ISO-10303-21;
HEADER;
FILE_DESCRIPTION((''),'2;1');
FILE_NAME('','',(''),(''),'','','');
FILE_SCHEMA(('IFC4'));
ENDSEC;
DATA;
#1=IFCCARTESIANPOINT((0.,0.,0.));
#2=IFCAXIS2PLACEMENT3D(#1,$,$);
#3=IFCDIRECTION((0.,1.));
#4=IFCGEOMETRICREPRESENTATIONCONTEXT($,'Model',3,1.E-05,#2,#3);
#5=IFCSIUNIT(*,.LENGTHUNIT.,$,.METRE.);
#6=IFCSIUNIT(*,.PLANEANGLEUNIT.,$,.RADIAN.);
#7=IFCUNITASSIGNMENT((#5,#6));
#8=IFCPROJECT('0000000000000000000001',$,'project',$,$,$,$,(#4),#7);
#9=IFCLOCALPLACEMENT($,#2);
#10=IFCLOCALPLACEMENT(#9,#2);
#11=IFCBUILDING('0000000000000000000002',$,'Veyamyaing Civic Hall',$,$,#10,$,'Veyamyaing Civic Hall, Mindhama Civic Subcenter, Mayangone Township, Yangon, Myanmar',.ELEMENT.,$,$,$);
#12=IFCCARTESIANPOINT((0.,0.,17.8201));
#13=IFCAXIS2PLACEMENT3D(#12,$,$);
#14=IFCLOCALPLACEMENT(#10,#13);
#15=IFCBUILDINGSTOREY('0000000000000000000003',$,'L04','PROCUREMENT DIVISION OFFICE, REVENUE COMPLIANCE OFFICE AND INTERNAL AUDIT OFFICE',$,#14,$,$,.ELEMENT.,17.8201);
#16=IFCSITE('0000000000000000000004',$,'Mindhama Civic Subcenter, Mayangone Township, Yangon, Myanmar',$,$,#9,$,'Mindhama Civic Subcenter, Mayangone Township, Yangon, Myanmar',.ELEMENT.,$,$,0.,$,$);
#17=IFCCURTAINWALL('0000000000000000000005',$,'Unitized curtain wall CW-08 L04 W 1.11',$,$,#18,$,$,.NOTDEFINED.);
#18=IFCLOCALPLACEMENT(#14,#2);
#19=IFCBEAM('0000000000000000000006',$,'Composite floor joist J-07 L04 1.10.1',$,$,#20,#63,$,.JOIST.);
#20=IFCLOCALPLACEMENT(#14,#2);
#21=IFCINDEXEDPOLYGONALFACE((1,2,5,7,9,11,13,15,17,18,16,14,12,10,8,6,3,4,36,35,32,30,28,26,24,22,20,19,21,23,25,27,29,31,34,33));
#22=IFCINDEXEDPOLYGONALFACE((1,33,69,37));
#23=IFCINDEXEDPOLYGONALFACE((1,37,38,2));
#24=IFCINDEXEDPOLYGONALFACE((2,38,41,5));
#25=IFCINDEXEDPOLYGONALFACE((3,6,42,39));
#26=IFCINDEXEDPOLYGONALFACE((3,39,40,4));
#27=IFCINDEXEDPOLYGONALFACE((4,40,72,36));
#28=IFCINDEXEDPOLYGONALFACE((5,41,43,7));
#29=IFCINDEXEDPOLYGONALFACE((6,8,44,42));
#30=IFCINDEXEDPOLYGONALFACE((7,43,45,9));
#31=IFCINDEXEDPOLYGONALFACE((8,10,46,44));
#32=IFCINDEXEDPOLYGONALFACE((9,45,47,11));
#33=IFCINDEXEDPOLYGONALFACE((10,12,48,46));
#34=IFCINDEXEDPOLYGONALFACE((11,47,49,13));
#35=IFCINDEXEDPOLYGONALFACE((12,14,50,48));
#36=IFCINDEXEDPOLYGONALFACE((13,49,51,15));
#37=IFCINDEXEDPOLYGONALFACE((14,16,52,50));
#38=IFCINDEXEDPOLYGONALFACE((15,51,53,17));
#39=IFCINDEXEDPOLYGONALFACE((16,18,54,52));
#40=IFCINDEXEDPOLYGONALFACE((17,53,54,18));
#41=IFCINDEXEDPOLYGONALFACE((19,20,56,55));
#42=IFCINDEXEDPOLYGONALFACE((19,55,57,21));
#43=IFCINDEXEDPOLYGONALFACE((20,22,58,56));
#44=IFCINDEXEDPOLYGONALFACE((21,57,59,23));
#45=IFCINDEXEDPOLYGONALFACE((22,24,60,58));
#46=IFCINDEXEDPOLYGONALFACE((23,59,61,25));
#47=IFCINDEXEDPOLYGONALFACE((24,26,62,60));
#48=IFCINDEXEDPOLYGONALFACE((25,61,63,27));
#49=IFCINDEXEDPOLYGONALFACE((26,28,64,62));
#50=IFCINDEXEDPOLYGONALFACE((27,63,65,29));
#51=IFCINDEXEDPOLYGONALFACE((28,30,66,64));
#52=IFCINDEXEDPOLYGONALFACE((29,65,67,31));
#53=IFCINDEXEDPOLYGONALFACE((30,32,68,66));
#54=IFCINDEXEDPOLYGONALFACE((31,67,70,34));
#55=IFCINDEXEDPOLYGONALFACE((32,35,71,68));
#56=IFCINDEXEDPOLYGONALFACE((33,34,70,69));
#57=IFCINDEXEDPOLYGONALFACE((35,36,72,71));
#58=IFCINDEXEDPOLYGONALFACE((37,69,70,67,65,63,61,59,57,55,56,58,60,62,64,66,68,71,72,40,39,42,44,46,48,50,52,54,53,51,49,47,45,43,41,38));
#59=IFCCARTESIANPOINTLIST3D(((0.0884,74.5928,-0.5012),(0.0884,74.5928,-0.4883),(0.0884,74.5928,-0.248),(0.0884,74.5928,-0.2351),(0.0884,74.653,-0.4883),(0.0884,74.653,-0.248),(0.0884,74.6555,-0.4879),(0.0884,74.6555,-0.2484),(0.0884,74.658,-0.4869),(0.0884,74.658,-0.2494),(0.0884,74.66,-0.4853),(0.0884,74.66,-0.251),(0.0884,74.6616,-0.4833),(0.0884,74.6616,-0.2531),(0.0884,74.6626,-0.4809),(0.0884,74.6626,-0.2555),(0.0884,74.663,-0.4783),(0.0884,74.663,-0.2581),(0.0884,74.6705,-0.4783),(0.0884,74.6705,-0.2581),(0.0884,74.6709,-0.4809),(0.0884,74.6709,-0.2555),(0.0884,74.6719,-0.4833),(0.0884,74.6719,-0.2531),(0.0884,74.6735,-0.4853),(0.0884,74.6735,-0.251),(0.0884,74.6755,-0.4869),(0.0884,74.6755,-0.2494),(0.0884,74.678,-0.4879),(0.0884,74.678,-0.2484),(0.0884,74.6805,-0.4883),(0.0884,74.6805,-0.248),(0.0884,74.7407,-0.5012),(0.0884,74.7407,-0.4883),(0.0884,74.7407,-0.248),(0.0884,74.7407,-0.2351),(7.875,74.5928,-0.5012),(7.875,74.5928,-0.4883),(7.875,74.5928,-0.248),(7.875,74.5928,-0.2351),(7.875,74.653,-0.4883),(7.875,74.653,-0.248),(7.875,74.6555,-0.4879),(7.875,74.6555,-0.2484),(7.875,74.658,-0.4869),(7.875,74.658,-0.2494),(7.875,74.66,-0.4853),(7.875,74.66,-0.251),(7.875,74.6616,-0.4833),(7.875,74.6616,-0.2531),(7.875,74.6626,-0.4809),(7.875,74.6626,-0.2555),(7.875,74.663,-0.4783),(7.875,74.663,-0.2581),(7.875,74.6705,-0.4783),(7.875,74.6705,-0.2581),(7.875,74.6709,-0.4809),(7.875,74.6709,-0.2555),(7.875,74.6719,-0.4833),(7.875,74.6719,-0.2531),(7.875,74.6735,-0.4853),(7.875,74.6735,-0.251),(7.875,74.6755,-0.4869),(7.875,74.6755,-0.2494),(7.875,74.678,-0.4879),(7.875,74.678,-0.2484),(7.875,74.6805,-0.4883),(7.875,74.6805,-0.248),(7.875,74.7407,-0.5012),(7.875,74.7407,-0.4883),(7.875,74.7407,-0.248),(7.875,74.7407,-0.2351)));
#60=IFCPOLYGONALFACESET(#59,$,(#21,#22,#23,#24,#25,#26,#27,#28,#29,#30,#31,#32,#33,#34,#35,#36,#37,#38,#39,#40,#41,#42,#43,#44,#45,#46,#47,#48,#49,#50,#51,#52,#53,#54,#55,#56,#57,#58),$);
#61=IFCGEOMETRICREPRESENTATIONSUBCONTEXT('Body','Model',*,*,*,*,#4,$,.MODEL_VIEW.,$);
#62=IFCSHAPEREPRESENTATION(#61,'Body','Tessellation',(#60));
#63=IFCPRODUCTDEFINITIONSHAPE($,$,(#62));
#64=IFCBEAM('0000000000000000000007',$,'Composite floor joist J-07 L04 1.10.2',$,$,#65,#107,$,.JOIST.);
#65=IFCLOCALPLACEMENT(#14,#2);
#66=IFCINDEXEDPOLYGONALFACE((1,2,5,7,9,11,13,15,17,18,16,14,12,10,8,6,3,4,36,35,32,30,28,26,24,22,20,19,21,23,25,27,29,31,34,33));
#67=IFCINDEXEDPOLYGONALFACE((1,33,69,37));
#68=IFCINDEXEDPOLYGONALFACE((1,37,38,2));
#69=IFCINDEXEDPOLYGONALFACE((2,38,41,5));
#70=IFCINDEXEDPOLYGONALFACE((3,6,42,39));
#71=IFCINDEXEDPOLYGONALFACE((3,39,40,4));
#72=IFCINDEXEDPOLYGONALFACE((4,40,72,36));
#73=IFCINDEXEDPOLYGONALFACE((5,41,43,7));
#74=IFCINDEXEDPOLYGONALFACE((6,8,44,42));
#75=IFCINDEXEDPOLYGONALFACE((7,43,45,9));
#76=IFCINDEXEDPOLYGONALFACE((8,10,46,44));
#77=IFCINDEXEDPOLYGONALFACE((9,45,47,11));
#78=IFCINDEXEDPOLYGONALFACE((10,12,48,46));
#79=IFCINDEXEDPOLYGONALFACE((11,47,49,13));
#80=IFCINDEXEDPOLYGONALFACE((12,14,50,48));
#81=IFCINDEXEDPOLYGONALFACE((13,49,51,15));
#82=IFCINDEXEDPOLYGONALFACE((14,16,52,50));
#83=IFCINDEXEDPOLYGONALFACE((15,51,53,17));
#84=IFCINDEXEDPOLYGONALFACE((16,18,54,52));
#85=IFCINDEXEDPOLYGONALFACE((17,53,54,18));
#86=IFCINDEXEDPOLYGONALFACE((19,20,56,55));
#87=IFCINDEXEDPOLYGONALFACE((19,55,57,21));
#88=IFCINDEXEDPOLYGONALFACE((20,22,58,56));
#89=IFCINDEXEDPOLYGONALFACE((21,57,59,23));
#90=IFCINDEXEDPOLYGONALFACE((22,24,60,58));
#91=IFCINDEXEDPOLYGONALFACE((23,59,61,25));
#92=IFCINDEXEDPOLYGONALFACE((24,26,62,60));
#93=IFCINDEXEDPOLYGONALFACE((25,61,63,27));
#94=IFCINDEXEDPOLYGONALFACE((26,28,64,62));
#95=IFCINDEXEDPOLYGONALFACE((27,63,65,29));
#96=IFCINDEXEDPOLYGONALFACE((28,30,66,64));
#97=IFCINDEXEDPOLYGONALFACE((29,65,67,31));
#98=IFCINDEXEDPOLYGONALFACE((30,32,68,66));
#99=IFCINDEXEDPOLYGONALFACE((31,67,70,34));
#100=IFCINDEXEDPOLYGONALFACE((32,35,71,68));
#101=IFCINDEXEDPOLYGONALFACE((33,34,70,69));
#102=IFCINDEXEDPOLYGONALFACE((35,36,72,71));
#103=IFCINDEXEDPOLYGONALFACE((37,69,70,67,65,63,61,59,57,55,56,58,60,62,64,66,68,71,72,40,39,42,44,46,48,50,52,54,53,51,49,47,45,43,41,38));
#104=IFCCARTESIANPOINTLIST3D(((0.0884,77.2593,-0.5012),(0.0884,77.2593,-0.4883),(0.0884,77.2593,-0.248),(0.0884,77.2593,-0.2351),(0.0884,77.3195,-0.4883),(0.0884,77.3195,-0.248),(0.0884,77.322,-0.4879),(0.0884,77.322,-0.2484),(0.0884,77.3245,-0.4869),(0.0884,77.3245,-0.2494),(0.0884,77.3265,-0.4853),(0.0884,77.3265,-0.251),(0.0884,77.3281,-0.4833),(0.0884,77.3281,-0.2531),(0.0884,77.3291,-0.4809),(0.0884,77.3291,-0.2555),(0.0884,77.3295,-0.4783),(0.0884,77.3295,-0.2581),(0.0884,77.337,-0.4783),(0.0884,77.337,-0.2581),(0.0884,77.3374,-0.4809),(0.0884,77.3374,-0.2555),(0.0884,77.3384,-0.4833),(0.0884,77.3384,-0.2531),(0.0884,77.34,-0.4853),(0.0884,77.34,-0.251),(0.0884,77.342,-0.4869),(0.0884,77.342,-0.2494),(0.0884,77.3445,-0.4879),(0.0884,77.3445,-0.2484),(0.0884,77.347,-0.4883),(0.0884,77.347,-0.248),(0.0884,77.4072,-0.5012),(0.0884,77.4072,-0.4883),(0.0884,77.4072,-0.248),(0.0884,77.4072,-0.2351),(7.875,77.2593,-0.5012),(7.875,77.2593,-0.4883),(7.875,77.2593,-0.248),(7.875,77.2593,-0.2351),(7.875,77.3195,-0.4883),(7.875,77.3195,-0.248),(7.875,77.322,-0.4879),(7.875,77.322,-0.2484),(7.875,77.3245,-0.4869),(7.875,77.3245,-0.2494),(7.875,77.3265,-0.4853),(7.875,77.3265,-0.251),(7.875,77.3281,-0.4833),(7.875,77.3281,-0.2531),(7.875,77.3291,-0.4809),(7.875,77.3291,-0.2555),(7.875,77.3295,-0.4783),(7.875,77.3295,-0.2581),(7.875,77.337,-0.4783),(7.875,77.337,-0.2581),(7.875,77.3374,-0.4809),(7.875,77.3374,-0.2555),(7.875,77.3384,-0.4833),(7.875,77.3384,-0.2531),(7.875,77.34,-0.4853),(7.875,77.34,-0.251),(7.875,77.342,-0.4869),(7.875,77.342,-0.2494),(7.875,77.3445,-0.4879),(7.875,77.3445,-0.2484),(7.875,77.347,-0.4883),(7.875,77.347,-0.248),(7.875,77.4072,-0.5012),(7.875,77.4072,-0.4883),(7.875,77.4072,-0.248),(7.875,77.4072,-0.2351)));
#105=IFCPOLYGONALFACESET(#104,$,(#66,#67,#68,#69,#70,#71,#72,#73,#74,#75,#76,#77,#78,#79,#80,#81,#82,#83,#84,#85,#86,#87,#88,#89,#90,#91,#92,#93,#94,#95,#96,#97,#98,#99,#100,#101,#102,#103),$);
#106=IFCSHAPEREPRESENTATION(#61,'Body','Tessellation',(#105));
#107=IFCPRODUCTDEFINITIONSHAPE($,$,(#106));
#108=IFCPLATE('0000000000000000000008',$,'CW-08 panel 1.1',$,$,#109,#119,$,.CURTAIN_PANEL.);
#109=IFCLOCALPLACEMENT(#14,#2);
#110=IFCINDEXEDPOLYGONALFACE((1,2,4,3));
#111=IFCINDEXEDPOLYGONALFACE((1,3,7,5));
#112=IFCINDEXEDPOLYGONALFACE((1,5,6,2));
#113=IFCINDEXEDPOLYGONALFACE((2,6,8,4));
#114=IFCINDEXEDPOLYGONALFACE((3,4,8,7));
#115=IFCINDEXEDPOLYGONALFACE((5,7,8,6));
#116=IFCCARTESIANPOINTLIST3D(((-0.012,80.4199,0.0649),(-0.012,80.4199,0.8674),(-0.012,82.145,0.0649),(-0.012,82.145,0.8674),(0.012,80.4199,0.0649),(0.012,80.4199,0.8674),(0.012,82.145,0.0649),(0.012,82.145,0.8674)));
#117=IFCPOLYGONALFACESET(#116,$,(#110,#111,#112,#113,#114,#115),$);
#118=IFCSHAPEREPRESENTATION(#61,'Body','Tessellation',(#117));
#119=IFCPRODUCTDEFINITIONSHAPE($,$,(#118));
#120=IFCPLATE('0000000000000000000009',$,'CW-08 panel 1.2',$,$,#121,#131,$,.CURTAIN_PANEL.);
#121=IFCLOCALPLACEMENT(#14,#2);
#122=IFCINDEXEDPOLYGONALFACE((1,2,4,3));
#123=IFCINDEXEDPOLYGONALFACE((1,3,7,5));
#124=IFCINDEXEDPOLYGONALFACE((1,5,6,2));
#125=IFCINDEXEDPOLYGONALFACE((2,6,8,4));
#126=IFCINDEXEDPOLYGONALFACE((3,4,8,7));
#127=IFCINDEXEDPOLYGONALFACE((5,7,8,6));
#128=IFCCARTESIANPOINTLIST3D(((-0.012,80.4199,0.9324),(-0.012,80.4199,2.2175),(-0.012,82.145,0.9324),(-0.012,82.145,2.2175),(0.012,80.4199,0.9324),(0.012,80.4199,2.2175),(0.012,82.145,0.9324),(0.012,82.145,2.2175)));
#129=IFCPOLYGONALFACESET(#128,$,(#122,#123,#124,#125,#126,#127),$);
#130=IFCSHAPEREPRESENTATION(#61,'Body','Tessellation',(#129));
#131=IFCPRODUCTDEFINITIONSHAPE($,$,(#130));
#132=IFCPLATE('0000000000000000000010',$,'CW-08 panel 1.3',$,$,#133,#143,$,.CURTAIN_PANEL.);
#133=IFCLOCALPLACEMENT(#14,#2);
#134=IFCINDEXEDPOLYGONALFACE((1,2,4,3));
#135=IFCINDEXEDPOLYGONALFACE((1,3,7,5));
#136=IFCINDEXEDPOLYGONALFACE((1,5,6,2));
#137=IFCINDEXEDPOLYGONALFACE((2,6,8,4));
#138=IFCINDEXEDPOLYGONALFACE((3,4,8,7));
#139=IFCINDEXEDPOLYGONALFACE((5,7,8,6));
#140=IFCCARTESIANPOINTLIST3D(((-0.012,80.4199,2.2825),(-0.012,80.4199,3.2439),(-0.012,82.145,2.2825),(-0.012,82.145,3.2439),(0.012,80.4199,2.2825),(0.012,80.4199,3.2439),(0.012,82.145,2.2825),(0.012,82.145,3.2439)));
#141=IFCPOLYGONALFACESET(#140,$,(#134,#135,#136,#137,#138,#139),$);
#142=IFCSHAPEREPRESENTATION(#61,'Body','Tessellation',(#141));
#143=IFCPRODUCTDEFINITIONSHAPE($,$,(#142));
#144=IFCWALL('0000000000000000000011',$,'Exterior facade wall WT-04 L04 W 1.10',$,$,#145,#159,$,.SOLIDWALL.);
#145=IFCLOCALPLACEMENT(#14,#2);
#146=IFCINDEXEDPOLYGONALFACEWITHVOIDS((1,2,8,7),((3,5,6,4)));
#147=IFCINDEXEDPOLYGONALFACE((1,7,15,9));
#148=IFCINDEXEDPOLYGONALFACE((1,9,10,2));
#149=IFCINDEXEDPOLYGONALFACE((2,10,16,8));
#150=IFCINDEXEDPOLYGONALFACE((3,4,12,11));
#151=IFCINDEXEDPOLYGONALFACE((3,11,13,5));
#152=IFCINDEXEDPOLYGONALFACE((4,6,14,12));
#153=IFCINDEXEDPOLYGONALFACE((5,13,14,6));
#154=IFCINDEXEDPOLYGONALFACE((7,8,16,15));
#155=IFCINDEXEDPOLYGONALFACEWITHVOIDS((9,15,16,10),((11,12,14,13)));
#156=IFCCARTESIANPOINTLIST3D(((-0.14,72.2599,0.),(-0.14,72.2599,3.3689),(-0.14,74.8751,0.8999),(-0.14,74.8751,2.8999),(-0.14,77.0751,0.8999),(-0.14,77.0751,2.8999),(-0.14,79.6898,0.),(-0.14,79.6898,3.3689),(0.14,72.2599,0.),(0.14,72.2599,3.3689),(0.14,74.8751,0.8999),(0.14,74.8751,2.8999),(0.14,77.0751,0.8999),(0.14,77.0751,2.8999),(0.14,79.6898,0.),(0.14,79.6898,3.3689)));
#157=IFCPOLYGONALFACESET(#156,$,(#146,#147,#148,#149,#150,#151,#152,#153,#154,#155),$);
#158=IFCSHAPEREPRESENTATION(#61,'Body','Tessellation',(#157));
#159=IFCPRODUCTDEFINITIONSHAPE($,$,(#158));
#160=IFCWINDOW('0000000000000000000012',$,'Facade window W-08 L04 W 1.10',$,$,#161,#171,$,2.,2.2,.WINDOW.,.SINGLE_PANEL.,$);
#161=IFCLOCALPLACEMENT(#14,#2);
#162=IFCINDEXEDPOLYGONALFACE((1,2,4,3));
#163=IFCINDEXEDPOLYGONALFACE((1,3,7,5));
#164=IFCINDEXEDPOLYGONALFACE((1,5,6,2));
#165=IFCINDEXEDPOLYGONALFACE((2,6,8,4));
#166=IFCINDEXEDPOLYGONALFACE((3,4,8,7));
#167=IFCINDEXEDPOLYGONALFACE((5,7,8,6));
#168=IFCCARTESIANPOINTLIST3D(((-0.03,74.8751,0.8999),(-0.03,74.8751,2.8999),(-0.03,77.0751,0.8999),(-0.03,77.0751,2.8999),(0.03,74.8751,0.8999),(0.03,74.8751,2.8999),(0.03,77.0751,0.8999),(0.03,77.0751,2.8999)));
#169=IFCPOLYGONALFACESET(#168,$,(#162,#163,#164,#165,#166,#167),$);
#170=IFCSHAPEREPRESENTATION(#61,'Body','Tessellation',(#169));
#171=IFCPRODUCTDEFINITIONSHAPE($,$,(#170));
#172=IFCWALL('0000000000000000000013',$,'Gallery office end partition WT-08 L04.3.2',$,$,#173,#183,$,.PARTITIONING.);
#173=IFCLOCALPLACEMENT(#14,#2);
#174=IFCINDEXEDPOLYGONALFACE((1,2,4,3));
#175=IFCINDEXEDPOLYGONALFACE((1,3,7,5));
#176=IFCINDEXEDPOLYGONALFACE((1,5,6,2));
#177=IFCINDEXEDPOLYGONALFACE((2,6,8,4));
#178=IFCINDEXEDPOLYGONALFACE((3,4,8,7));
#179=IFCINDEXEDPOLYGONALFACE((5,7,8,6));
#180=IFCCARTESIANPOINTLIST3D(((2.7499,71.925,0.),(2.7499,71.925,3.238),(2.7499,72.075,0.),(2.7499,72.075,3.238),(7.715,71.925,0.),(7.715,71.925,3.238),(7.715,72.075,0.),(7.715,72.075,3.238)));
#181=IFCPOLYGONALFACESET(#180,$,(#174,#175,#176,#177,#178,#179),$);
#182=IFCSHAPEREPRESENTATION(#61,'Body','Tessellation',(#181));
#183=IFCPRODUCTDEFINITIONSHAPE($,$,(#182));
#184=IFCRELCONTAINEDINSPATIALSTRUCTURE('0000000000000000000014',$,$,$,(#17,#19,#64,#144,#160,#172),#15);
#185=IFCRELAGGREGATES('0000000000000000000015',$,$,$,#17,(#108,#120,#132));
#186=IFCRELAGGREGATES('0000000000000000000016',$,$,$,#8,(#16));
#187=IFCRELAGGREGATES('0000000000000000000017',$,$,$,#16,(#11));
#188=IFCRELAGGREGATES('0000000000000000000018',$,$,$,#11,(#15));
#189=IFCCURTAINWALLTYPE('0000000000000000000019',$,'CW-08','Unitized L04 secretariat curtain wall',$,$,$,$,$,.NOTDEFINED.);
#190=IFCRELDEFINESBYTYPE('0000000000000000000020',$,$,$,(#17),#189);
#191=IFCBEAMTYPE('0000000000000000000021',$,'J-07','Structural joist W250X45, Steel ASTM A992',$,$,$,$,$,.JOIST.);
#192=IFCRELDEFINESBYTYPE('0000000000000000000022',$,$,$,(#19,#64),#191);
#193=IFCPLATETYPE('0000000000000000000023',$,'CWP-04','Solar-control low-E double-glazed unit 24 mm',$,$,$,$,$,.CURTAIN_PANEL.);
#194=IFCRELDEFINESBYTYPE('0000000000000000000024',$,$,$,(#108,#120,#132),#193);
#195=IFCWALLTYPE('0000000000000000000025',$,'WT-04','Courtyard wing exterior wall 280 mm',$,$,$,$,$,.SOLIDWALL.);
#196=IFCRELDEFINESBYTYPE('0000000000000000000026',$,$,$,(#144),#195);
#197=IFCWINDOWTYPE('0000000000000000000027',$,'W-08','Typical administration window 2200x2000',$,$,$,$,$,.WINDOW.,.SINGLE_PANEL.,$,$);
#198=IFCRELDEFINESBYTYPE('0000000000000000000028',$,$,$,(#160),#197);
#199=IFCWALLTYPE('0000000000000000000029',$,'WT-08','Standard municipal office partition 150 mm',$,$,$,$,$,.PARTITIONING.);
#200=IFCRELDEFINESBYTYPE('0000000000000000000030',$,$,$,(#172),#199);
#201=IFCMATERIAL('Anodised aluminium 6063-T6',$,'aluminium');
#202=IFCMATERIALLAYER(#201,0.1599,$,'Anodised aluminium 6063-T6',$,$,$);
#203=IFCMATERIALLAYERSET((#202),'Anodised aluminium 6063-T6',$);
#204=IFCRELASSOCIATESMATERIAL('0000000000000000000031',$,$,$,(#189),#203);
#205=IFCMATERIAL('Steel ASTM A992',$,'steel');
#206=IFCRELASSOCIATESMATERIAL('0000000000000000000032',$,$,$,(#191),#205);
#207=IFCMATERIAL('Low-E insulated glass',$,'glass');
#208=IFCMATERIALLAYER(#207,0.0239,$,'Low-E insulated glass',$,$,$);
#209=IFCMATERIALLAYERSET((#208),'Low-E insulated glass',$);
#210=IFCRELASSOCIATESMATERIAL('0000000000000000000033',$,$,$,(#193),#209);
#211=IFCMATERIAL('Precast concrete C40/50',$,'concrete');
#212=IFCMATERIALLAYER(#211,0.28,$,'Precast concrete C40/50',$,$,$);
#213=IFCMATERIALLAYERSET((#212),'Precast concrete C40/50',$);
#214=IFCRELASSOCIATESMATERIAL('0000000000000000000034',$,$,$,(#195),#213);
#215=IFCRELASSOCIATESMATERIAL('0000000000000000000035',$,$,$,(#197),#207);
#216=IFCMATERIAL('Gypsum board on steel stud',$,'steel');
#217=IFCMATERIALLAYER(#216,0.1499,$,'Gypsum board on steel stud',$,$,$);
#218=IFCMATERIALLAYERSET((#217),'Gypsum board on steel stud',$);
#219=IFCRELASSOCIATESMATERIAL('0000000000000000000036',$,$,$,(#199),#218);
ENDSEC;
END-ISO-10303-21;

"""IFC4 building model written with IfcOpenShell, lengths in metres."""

from ifc_helpers import new_model, si_unit, direction, frame, frame_2d, origin, origin_2d, place, context, subcontext, project, spatial, rectangle, i_section, extrude, material, layer, layer_set, material_profile, profile_set, type_object, element, fill, aggregate, save


model = new_model("IFC4")

# Units and contexts
model_context = context("Model", 3, precision=1e-05, world=origin(), true_north=direction((0.0, 1.0)))
body_context = subcontext(model_context, "Body", "Model", "MODEL_VIEW")
ifc_project = project(units=[si_unit("LENGTHUNIT", "METRE"), si_unit("PLANEANGLEUNIT", "RADIAN")], contexts=[model_context])

# Site, building, storey
site_placement = place(None, origin())
site = spatial("IfcSite", under=ifc_project, at=site_placement, Name="Mindhama Civic Subcenter, Mayangone Township, Yangon, Myanmar", LongName="Mindhama Civic Subcenter, Mayangone Township, Yangon, Myanmar", CompositionType="ELEMENT", RefElevation=0.0)
building_placement = place(site_placement, origin())
building = spatial("IfcBuilding", under=site, at=building_placement, Name="Veyamyaing Civic Hall", LongName="Veyamyaing Civic Hall, Mindhama Civic Subcenter, Mayangone Township, Yangon, Myanmar", CompositionType="ELEMENT")
storey_placement = place(building_placement, frame((0.0, 0.0, 17.8201)))
storey = spatial("IfcBuildingStorey", under=building, at=storey_placement, Name="L04", Description="PROCUREMENT DIVISION OFFICE, REVENUE COMPLIANCE OFFICE AND INTERNAL AUDIT OFFICE", CompositionType="ELEMENT", Elevation=17.8201)

# Shared definitions
ifc_material_1 = material(Name="Steel ASTM A992", Category="steel")

# Curtain wall
ifc_material_2 = material(Name="Anodised aluminium 6063-T6", Category="aluminium")
ifc_layer_1 = layer(ifc_material_2, 0.1599, Name="Anodised aluminium 6063-T6")
ifc_layer_set_1 = layer_set([ifc_layer_1], Name="Anodised aluminium 6063-T6")
curtain_wall_type = type_object("IfcCurtainWallType", Name="CW-08", Description="Unitized L04 secretariat curtain wall", PredefinedType="NOTDEFINED", material=ifc_layer_set_1)
curtain_wall_placement = place(storey_placement, origin())
curtain_wall = element("IfcCurtainWall", 1, at=curtain_wall_placement, inside=storey, type_object=curtain_wall_type, Name="Unitized curtain wall CW-08 L04 W 1.11", PredefinedType="NOTDEFINED")

# Beams
ifc_material_profile_1 = material_profile(ifc_material_1, i_section(OverallWidth=0.1479, OverallDepth=0.2661, WebThickness=0.0076, FlangeThickness=0.0129, FilletRadius=0.01, at=origin_2d()), Name="W250X45")
ifc_profile_set_1 = profile_set([ifc_material_profile_1], Name="Steel ASTM A992")
beam_type_1 = type_object("IfcBeamType", Name="J-07", Description="Structural joist W250X45, Steel ASTM A992", PredefinedType="JOIST", material=ifc_profile_set_1)
for number, where, z_axis, x_axis, name in (
    (2, (0.0884, 74.6667, -0.3682), (1.0, 0.0, 0.0), (0.0, 1.0, 0.0), "Composite floor joist J-07 L04 1.10.1"),
    (3, (0.0884, 77.3333, -0.3682), (1.0, 0.0, 0.0), (0.0, 1.0, 0.0), "Composite floor joist J-07 L04 1.10.2"),
):
    element("IfcBeam", number, at=place(storey_placement, frame(where, z_axis=z_axis, x_axis=x_axis)), inside=storey, type_object=beam_type_1, Name=name, PredefinedType="JOIST", context=body_context, shape_type="SweptSolid", body=[
        extrude(i_section(OverallWidth=0.1479, OverallDepth=0.2661, WebThickness=0.0076, FlangeThickness=0.0129, FilletRadius=0.01, at=origin_2d()), origin(), (0.0, 0.0, 1.0), 7.7866),
    ])

# Plates
ifc_material_3 = material(Name="Low-E insulated glass", Category="glass")
ifc_layer_2 = layer(ifc_material_3, 0.0239, Name="Low-E insulated glass")
ifc_layer_set_2 = layer_set([ifc_layer_2], Name="Low-E insulated glass")
plate_type = type_object("IfcPlateType", Name="CWP-04", Description="Solar-control low-E double-glazed unit 24 mm", PredefinedType="CURTAIN_PANEL", material=ifc_layer_set_2)
plate_1_placement = place(storey_placement, frame((0.0, 81.2825, 0.0649), z_axis=(0.0, 0.0, 1.0), x_axis=(0.0, 1.0, 0.0)))
plate_1 = element("IfcPlate", 4, at=plate_1_placement, type_object=plate_type, Name="CW-08 panel 1.1", PredefinedType="CURTAIN_PANEL", context=body_context, shape_type="SweptSolid", body=[
    extrude(rectangle(XDim=1.7251, YDim=0.0239, at=origin_2d()), origin(), (0.0, 0.0, 1.0), 0.8025),
])
plate_2_placement = place(storey_placement, frame((0.0, 81.2825, 0.9324), z_axis=(0.0, 0.0, 1.0), x_axis=(0.0, 1.0, 0.0)))
plate_2 = element("IfcPlate", 5, at=plate_2_placement, type_object=plate_type, Name="CW-08 panel 1.2", PredefinedType="CURTAIN_PANEL", context=body_context, shape_type="SweptSolid", body=[
    extrude(rectangle(XDim=1.7251, YDim=0.0239, at=origin_2d()), origin(), (0.0, 0.0, 1.0), 1.2852),
])
plate_3_placement = place(storey_placement, frame((0.0, 81.2825, 2.2825), z_axis=(0.0, 0.0, 1.0), x_axis=(0.0, 1.0, 0.0)))
plate_3 = element("IfcPlate", 6, at=plate_3_placement, type_object=plate_type, Name="CW-08 panel 1.3", PredefinedType="CURTAIN_PANEL", context=body_context, shape_type="SweptSolid", body=[
    extrude(rectangle(XDim=1.7251, YDim=0.0239, at=origin_2d()), origin(), (0.0, 0.0, 1.0), 0.9614),
])
aggregate(curtain_wall, [plate_1, plate_2, plate_3])

# Wall, opening, window
ifc_material_4 = material(Name="Precast concrete C40/50", Category="concrete")
ifc_layer_3 = layer(ifc_material_4, 0.28, Name="Precast concrete C40/50")
ifc_layer_set_3 = layer_set([ifc_layer_3], Name="Precast concrete C40/50")
wall_type_1 = type_object("IfcWallType", Name="WT-04", Description="Courtyard wing exterior wall 280 mm", PredefinedType="SOLIDWALL", material=ifc_layer_set_3)
wall_1_placement = place(storey_placement, frame((0.0, 72.26, 0.0), z_axis=(0.0, 0.0, 1.0), x_axis=(0.0, 1.0, 0.0)))
wall_1 = element("IfcWall", 7, at=wall_1_placement, inside=storey, type_object=wall_type_1, Name="Exterior facade wall WT-04 L04 W 1.10", PredefinedType="SOLIDWALL", context=body_context, shape_type="SweptSolid", body=[
    extrude(rectangle(XDim=7.4299, YDim=0.28, at=frame_2d((3.7148, 0.0))), origin(), (0.0, 0.0, 1.0), 3.3689),
])
opening_placement = place(wall_1_placement, frame((2.615, 0.0, 0.8999)))
opening = element("IfcOpeningElement", 8, at=opening_placement, cuts=wall_1, PredefinedType="OPENING", context=body_context, shape_type="SweptSolid", body=[
    extrude(rectangle(XDim=2.2, YDim=2.0, at=frame_2d((1.1001, 1.0))), frame((0.0, 0.1499, 0.0), z_axis=(0.0, -1.0, 0.0), x_axis=(1.0, 0.0, 0.0)), (0.0, 0.0, 1.0), 0.3),
])
window_type = type_object("IfcWindowType", Name="W-08", Description="Typical administration window 2200x2000", PartitioningType="SINGLE_PANEL", PredefinedType="WINDOW", material=ifc_material_3)
window_placement = place(opening_placement, origin())
window = element("IfcWindow", 9, at=window_placement, inside=storey, type_object=window_type, Name="Facade window W-08 L04 W 1.10", OverallHeight=2.0, OverallWidth=2.2, PartitioningType="SINGLE_PANEL", PredefinedType="WINDOW", context=body_context, shape_type="SweptSolid", body=[
    extrude(rectangle(XDim=2.2, YDim=2.0, at=frame_2d((1.1001, 1.0))), frame((0.0, 0.03, 0.0), z_axis=(0.0, -1.0, 0.0), x_axis=(1.0, 0.0, 0.0)), (0.0, 0.0, 1.0), 0.0601),
])
fill(opening, window)

# Wall
ifc_material_5 = material(Name="Gypsum board on steel stud", Category="steel")
ifc_layer_4 = layer(ifc_material_5, 0.1499, Name="Gypsum board on steel stud")
ifc_layer_set_4 = layer_set([ifc_layer_4], Name="Gypsum board on steel stud")
wall_type_2 = type_object("IfcWallType", Name="WT-08", Description="Standard municipal office partition 150 mm", PredefinedType="PARTITIONING", material=ifc_layer_set_4)
wall_2_placement = place(storey_placement, frame((2.75, 72.0, 0.0), z_axis=(0.0, 0.0, 1.0), x_axis=(1.0, 0.0, 0.0)))
element("IfcWall", 10, at=wall_2_placement, inside=storey, type_object=wall_type_2, Name="Gallery office end partition WT-08 L04.3.2", PredefinedType="PARTITIONING", context=body_context, shape_type="SweptSolid", body=[
    extrude(rectangle(XDim=4.9651, YDim=0.1499, at=frame_2d((2.4824, 0.0))), origin(), (0.0, 0.0, 1.0), 3.238),
])

save(model, "model.ifc")
